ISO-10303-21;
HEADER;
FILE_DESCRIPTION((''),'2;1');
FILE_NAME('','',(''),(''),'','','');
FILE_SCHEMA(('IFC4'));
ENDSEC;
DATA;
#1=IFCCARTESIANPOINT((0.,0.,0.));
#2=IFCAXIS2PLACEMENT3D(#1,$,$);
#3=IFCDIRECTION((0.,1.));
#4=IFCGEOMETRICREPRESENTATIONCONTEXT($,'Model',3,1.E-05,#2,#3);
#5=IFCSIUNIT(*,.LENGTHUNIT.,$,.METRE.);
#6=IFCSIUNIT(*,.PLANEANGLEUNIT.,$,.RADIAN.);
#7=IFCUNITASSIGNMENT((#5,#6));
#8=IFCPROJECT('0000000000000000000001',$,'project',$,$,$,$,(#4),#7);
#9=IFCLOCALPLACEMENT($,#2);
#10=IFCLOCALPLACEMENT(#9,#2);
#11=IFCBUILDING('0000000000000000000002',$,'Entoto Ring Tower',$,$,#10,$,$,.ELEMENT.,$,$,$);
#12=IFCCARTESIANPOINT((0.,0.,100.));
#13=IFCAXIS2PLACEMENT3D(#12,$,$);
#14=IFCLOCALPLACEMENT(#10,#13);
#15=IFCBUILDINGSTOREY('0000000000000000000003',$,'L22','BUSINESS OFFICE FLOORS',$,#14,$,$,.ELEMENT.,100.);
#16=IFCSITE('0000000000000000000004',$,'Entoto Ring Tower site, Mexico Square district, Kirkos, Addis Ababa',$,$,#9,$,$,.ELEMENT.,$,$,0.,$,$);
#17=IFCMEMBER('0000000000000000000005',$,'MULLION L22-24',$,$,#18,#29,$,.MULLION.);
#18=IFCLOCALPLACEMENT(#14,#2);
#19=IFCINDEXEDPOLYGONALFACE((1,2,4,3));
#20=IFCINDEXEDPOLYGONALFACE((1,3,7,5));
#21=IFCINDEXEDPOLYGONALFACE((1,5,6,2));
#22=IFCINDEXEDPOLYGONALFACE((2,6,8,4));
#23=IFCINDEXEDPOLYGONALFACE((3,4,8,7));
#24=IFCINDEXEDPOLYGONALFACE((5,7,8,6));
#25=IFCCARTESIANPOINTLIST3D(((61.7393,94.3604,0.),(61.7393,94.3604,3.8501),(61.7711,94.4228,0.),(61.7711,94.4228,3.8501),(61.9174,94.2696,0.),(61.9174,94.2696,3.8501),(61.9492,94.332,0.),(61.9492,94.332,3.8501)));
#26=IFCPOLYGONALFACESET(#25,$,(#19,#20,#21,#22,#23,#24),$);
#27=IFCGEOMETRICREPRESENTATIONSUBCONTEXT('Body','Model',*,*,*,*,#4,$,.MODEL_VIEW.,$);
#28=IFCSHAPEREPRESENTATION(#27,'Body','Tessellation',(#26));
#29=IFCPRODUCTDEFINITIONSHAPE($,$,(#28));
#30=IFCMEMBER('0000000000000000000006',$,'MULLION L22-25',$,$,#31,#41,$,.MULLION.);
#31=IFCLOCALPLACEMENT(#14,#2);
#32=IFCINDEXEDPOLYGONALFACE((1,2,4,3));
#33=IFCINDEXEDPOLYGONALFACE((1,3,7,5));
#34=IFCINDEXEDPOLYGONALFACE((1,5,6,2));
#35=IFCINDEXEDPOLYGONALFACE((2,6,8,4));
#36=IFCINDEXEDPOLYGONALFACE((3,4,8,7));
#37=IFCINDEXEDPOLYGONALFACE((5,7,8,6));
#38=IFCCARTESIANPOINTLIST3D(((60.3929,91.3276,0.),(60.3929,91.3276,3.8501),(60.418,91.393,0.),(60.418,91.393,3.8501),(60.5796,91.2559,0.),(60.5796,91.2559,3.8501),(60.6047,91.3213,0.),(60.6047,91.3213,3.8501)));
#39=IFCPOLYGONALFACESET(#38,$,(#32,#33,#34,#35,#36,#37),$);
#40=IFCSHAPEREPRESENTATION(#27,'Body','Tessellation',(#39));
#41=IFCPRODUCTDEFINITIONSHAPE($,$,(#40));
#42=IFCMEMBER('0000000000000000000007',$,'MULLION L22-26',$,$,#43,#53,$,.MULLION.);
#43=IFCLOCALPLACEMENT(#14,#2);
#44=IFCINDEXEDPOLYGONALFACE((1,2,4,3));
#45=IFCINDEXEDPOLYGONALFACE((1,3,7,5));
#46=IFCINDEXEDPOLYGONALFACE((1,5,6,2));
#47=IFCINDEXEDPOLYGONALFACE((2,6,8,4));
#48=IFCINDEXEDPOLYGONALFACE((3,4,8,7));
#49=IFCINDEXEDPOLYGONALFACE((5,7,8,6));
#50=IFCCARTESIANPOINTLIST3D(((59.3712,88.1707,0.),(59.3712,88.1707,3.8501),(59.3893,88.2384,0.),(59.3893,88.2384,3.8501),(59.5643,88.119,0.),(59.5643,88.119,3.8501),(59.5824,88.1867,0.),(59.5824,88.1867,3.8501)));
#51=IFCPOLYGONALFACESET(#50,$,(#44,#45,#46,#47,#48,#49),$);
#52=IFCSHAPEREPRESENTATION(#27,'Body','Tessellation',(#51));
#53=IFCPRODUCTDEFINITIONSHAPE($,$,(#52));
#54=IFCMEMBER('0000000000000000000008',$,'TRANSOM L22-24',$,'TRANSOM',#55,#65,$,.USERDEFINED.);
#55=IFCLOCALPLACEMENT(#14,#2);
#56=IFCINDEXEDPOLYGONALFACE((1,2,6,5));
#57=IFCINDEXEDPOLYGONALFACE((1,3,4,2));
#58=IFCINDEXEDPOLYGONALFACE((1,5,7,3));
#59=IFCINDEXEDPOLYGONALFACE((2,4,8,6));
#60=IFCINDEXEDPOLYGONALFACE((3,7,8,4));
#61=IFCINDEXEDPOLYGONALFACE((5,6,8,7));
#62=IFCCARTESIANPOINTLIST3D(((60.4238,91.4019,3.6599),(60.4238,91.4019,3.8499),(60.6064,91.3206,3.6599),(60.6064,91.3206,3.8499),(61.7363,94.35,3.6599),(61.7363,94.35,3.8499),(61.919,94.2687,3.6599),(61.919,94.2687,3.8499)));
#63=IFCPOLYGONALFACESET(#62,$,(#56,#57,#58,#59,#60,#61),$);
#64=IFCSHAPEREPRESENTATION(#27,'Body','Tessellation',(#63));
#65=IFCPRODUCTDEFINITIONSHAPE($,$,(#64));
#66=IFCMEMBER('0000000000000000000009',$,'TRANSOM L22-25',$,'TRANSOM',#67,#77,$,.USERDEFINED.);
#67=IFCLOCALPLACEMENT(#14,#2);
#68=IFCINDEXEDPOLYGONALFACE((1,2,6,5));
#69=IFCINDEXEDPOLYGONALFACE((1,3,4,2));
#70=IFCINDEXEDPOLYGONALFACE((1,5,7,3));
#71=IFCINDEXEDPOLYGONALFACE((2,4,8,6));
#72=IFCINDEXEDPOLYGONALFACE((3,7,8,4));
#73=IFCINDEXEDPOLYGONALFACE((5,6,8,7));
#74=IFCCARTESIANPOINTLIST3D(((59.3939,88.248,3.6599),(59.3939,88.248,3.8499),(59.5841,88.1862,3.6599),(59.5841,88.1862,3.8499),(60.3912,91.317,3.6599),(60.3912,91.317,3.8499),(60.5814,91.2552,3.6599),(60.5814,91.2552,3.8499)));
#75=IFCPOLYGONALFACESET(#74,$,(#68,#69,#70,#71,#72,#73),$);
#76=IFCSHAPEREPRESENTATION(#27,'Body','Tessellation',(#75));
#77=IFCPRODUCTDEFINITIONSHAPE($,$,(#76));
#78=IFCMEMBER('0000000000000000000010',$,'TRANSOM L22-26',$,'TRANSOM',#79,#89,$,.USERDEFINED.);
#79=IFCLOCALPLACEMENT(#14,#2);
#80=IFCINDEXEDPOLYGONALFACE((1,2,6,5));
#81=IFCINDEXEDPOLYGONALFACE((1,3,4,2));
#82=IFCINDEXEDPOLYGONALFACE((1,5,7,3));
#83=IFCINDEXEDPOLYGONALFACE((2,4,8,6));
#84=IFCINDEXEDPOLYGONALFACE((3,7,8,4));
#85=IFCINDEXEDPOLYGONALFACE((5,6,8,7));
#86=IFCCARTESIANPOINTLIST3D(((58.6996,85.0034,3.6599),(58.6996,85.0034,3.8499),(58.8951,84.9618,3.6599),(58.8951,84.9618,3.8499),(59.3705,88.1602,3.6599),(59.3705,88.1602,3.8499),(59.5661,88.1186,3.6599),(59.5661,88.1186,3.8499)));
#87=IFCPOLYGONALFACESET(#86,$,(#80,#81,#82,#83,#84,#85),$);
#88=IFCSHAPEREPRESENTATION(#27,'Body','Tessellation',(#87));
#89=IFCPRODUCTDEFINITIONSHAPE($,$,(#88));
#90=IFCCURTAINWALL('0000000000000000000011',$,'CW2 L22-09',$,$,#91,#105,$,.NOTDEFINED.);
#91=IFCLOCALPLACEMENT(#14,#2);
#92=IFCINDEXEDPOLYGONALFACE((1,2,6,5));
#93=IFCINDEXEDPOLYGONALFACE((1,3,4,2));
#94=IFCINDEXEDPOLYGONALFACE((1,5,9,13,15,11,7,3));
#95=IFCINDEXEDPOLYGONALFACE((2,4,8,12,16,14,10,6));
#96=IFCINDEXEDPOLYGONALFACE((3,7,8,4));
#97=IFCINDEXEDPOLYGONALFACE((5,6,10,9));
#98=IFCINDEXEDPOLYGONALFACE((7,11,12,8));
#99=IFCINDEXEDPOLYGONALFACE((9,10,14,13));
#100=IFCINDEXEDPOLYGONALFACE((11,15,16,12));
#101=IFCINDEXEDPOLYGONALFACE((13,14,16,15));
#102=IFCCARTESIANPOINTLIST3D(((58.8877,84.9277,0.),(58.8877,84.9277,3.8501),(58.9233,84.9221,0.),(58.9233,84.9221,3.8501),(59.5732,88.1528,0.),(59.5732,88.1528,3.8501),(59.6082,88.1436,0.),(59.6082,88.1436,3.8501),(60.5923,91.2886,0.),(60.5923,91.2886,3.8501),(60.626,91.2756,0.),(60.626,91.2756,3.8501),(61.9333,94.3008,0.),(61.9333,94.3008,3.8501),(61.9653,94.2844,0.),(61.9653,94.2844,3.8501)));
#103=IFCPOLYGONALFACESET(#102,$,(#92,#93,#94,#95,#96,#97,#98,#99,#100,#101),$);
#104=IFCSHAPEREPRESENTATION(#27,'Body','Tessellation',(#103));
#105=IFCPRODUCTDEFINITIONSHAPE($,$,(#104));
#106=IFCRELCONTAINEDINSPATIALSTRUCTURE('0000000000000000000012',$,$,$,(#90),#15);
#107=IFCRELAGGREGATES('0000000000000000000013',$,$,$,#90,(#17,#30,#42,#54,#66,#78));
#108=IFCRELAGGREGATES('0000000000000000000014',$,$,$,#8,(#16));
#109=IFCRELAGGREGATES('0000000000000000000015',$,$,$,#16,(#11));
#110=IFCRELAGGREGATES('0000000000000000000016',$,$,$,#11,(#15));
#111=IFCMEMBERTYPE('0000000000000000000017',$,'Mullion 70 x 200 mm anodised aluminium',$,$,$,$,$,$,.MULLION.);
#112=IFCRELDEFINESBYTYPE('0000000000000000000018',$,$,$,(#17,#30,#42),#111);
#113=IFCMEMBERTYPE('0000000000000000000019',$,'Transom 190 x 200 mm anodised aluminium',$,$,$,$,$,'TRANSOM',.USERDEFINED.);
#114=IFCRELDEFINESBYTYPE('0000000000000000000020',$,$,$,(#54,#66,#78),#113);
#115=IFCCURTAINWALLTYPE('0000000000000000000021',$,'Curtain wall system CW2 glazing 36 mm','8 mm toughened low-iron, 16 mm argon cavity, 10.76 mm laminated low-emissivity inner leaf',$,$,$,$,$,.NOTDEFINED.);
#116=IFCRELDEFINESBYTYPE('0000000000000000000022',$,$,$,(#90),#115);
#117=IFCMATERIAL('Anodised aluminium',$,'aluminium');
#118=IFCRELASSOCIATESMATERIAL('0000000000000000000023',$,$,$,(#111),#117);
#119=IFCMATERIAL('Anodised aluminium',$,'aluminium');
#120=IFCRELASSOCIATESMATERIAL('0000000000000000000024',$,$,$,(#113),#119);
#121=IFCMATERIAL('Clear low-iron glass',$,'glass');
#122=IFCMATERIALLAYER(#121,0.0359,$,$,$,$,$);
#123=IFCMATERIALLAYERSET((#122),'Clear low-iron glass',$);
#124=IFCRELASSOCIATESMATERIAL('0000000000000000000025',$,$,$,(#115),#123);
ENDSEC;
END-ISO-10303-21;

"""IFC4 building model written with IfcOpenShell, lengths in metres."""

from ifc_helpers import new_model, si_unit, direction, frame, origin, origin_2d, place, context, subcontext, project, spatial, polyline, rectangle, outline, extrude, material, layer, layer_set, material_profile, profile_set, type_object, element, aggregate, save


model = new_model("IFC4")

# Units and contexts
model_context = context("Model", 3, precision=1e-05, world=origin(), true_north=direction((0.0, 1.0)))
body_context = subcontext(model_context, "Body", "Model", "MODEL_VIEW")
ifc_project = project(units=[si_unit("LENGTHUNIT", "METRE"), si_unit("PLANEANGLEUNIT", "RADIAN")], contexts=[model_context])

# Members
ifc_material_1 = material(Name="Anodised aluminium", Category="aluminium")
ifc_material_profile_1 = material_profile(ifc_material_1, rectangle(XDim=0.0701, YDim=0.2, at=origin_2d()), Name="Mullion 70 x 200 mm anodised aluminium")
ifc_profile_set_1 = profile_set([ifc_material_profile_1], Name="Anodised aluminium")
member_type_1 = type_object("IfcMemberType", Name="Mullion 70 x 200 mm anodised aluminium", PredefinedType="MULLION", material=ifc_profile_set_1)
site_placement = place(None, origin())
building_placement = place(site_placement, origin())
storey_placement = place(building_placement, frame((0.0, 0.0, 100.0)))
member_1_placement = place(storey_placement, frame((61.8442, 94.3462, 0.0), z_axis=(0.0, 0.0, 1.0), x_axis=(-0.45399, -0.891007, 0.0)))
member_1 = element("IfcMember", 1, at=member_1_placement, type_object=member_type_1, Name="MULLION L22-24", PredefinedType="MULLION", context=body_context, shape_type="SweptSolid", body=[
    extrude(rectangle(XDim=0.0701, YDim=0.2, at=origin_2d()), origin(), (0.0, 0.0, 1.0), 3.8501),
])
member_2_placement = place(storey_placement, frame((60.4988, 91.3245, 0.0), z_axis=(0.0, 0.0, 1.0), x_axis=(-0.358368, -0.93358, 0.0)))
member_2 = element("IfcMember", 2, at=member_2_placement, type_object=member_type_1, Name="MULLION L22-25", PredefinedType="MULLION", context=body_context, shape_type="SweptSolid", body=[
    extrude(rectangle(XDim=0.0701, YDim=0.2, at=origin_2d()), origin(), (0.0, 0.0, 1.0), 3.8501),
])
member_3_placement = place(storey_placement, frame((59.4768, 88.1787, 0.0), z_axis=(0.0, 0.0, 1.0), x_axis=(-0.258819, -0.965926, 0.0)))
member_3 = element("IfcMember", 3, at=member_3_placement, type_object=member_type_1, Name="MULLION L22-26", PredefinedType="MULLION", context=body_context, shape_type="SweptSolid", body=[
    extrude(rectangle(XDim=0.0701, YDim=0.2, at=origin_2d()), origin(), (0.0, 0.0, 1.0), 3.8501),
])
ifc_material_2 = material(Name="Anodised aluminium", Category="aluminium")
ifc_material_profile_2 = material_profile(ifc_material_2, rectangle(XDim=0.2, YDim=0.1899, at=origin_2d()), Name="Transom 190 x 200 mm anodised aluminium")
ifc_profile_set_2 = profile_set([ifc_material_profile_2], Name="Anodised aluminium")
member_type_2 = type_object("IfcMemberType", Name="Transom 190 x 200 mm anodised aluminium", ElementType="TRANSOM", PredefinedType="USERDEFINED", material=ifc_profile_set_2)
member_4_placement = place(storey_placement, frame((61.8276, 94.3093, 3.7549), z_axis=(-0.406728, -0.913549, 0.0), x_axis=(0.913549, -0.406728, 0.0)))
member_4 = element("IfcMember", 4, at=member_4_placement, type_object=member_type_2, Name="TRANSOM L22-24", ObjectType="TRANSOM", PredefinedType="USERDEFINED", context=body_context, shape_type="SweptSolid", body=[
    extrude(rectangle(XDim=0.2, YDim=0.1899, at=origin_2d()), origin(), (0.0, 0.0, 1.0), 3.2271),
])
member_5_placement = place(storey_placement, frame((60.4863, 91.2861, 3.7549), z_axis=(-0.309047, -0.951047, 0.0), x_axis=(0.951047, -0.309047, 0.0)))
member_5 = element("IfcMember", 5, at=member_5_placement, type_object=member_type_2, Name="TRANSOM L22-25", ObjectType="TRANSOM", PredefinedType="USERDEFINED", context=body_context, shape_type="SweptSolid", body=[
    extrude(rectangle(XDim=0.2, YDim=0.1899, at=origin_2d()), origin(), (0.0, 0.0, 1.0), 3.2271),
])
member_6_placement = place(storey_placement, frame((59.4683, 88.1394, 3.7549), z_axis=(-0.207886, -0.978153, 0.0), x_axis=(0.978153, -0.207886, 0.0)))
member_6 = element("IfcMember", 6, at=member_6_placement, type_object=member_type_2, Name="TRANSOM L22-26", ObjectType="TRANSOM", PredefinedType="USERDEFINED", context=body_context, shape_type="SweptSolid", body=[
    extrude(rectangle(XDim=0.2, YDim=0.1899, at=origin_2d()), origin(), (0.0, 0.0, 1.0), 3.2273),
])

# Site, building, storey
site = spatial("IfcSite", under=ifc_project, at=site_placement, Name="Entoto Ring Tower site, Mexico Square district, Kirkos, Addis Ababa", CompositionType="ELEMENT", RefElevation=0.0)
building = spatial("IfcBuilding", under=site, at=building_placement, Name="Entoto Ring Tower", CompositionType="ELEMENT")
storey = spatial("IfcBuildingStorey", under=building, at=storey_placement, Name="L22", Description="BUSINESS OFFICE FLOORS", CompositionType="ELEMENT", Elevation=100.0)

# Curtain wall
ifc_material_3 = material(Name="Clear low-iron glass", Category="glass")
ifc_layer = layer(ifc_material_3, 0.0359)
ifc_layer_set = layer_set([ifc_layer], Name="Clear low-iron glass")
curtain_wall_type = type_object("IfcCurtainWallType", Name="Curtain wall system CW2 glazing 36 mm", Description="8 mm toughened low-iron, 16 mm argon cavity, 10.76 mm laminated low-emissivity inner leaf", PredefinedType="NOTDEFINED", material=ifc_layer_set)
curtain_wall_1_placement = place(storey_placement, origin())
curtain_wall_1 = element("IfcCurtainWall", 7, at=curtain_wall_1_placement, inside=storey, type_object=curtain_wall_type, Name="CW2 L22-09", PredefinedType="NOTDEFINED", context=body_context, shape_type="SweptSolid", body=[
    extrude(outline(polyline([(61.9333, 94.3008), (60.5923, 91.2886), (59.5732, 88.1528), (58.8877, 84.9277), (58.9233, 84.9221), (59.6082, 88.1436), (60.626, 91.2756), (61.9653, 94.2844), (61.9333, 94.3008)])), origin(), (0.0, 0.0, 1.0), 3.8501),
])
aggregate(curtain_wall_1, [member_1, member_2, member_3, member_4, member_5, member_6])

save(model, "model.ifc")
